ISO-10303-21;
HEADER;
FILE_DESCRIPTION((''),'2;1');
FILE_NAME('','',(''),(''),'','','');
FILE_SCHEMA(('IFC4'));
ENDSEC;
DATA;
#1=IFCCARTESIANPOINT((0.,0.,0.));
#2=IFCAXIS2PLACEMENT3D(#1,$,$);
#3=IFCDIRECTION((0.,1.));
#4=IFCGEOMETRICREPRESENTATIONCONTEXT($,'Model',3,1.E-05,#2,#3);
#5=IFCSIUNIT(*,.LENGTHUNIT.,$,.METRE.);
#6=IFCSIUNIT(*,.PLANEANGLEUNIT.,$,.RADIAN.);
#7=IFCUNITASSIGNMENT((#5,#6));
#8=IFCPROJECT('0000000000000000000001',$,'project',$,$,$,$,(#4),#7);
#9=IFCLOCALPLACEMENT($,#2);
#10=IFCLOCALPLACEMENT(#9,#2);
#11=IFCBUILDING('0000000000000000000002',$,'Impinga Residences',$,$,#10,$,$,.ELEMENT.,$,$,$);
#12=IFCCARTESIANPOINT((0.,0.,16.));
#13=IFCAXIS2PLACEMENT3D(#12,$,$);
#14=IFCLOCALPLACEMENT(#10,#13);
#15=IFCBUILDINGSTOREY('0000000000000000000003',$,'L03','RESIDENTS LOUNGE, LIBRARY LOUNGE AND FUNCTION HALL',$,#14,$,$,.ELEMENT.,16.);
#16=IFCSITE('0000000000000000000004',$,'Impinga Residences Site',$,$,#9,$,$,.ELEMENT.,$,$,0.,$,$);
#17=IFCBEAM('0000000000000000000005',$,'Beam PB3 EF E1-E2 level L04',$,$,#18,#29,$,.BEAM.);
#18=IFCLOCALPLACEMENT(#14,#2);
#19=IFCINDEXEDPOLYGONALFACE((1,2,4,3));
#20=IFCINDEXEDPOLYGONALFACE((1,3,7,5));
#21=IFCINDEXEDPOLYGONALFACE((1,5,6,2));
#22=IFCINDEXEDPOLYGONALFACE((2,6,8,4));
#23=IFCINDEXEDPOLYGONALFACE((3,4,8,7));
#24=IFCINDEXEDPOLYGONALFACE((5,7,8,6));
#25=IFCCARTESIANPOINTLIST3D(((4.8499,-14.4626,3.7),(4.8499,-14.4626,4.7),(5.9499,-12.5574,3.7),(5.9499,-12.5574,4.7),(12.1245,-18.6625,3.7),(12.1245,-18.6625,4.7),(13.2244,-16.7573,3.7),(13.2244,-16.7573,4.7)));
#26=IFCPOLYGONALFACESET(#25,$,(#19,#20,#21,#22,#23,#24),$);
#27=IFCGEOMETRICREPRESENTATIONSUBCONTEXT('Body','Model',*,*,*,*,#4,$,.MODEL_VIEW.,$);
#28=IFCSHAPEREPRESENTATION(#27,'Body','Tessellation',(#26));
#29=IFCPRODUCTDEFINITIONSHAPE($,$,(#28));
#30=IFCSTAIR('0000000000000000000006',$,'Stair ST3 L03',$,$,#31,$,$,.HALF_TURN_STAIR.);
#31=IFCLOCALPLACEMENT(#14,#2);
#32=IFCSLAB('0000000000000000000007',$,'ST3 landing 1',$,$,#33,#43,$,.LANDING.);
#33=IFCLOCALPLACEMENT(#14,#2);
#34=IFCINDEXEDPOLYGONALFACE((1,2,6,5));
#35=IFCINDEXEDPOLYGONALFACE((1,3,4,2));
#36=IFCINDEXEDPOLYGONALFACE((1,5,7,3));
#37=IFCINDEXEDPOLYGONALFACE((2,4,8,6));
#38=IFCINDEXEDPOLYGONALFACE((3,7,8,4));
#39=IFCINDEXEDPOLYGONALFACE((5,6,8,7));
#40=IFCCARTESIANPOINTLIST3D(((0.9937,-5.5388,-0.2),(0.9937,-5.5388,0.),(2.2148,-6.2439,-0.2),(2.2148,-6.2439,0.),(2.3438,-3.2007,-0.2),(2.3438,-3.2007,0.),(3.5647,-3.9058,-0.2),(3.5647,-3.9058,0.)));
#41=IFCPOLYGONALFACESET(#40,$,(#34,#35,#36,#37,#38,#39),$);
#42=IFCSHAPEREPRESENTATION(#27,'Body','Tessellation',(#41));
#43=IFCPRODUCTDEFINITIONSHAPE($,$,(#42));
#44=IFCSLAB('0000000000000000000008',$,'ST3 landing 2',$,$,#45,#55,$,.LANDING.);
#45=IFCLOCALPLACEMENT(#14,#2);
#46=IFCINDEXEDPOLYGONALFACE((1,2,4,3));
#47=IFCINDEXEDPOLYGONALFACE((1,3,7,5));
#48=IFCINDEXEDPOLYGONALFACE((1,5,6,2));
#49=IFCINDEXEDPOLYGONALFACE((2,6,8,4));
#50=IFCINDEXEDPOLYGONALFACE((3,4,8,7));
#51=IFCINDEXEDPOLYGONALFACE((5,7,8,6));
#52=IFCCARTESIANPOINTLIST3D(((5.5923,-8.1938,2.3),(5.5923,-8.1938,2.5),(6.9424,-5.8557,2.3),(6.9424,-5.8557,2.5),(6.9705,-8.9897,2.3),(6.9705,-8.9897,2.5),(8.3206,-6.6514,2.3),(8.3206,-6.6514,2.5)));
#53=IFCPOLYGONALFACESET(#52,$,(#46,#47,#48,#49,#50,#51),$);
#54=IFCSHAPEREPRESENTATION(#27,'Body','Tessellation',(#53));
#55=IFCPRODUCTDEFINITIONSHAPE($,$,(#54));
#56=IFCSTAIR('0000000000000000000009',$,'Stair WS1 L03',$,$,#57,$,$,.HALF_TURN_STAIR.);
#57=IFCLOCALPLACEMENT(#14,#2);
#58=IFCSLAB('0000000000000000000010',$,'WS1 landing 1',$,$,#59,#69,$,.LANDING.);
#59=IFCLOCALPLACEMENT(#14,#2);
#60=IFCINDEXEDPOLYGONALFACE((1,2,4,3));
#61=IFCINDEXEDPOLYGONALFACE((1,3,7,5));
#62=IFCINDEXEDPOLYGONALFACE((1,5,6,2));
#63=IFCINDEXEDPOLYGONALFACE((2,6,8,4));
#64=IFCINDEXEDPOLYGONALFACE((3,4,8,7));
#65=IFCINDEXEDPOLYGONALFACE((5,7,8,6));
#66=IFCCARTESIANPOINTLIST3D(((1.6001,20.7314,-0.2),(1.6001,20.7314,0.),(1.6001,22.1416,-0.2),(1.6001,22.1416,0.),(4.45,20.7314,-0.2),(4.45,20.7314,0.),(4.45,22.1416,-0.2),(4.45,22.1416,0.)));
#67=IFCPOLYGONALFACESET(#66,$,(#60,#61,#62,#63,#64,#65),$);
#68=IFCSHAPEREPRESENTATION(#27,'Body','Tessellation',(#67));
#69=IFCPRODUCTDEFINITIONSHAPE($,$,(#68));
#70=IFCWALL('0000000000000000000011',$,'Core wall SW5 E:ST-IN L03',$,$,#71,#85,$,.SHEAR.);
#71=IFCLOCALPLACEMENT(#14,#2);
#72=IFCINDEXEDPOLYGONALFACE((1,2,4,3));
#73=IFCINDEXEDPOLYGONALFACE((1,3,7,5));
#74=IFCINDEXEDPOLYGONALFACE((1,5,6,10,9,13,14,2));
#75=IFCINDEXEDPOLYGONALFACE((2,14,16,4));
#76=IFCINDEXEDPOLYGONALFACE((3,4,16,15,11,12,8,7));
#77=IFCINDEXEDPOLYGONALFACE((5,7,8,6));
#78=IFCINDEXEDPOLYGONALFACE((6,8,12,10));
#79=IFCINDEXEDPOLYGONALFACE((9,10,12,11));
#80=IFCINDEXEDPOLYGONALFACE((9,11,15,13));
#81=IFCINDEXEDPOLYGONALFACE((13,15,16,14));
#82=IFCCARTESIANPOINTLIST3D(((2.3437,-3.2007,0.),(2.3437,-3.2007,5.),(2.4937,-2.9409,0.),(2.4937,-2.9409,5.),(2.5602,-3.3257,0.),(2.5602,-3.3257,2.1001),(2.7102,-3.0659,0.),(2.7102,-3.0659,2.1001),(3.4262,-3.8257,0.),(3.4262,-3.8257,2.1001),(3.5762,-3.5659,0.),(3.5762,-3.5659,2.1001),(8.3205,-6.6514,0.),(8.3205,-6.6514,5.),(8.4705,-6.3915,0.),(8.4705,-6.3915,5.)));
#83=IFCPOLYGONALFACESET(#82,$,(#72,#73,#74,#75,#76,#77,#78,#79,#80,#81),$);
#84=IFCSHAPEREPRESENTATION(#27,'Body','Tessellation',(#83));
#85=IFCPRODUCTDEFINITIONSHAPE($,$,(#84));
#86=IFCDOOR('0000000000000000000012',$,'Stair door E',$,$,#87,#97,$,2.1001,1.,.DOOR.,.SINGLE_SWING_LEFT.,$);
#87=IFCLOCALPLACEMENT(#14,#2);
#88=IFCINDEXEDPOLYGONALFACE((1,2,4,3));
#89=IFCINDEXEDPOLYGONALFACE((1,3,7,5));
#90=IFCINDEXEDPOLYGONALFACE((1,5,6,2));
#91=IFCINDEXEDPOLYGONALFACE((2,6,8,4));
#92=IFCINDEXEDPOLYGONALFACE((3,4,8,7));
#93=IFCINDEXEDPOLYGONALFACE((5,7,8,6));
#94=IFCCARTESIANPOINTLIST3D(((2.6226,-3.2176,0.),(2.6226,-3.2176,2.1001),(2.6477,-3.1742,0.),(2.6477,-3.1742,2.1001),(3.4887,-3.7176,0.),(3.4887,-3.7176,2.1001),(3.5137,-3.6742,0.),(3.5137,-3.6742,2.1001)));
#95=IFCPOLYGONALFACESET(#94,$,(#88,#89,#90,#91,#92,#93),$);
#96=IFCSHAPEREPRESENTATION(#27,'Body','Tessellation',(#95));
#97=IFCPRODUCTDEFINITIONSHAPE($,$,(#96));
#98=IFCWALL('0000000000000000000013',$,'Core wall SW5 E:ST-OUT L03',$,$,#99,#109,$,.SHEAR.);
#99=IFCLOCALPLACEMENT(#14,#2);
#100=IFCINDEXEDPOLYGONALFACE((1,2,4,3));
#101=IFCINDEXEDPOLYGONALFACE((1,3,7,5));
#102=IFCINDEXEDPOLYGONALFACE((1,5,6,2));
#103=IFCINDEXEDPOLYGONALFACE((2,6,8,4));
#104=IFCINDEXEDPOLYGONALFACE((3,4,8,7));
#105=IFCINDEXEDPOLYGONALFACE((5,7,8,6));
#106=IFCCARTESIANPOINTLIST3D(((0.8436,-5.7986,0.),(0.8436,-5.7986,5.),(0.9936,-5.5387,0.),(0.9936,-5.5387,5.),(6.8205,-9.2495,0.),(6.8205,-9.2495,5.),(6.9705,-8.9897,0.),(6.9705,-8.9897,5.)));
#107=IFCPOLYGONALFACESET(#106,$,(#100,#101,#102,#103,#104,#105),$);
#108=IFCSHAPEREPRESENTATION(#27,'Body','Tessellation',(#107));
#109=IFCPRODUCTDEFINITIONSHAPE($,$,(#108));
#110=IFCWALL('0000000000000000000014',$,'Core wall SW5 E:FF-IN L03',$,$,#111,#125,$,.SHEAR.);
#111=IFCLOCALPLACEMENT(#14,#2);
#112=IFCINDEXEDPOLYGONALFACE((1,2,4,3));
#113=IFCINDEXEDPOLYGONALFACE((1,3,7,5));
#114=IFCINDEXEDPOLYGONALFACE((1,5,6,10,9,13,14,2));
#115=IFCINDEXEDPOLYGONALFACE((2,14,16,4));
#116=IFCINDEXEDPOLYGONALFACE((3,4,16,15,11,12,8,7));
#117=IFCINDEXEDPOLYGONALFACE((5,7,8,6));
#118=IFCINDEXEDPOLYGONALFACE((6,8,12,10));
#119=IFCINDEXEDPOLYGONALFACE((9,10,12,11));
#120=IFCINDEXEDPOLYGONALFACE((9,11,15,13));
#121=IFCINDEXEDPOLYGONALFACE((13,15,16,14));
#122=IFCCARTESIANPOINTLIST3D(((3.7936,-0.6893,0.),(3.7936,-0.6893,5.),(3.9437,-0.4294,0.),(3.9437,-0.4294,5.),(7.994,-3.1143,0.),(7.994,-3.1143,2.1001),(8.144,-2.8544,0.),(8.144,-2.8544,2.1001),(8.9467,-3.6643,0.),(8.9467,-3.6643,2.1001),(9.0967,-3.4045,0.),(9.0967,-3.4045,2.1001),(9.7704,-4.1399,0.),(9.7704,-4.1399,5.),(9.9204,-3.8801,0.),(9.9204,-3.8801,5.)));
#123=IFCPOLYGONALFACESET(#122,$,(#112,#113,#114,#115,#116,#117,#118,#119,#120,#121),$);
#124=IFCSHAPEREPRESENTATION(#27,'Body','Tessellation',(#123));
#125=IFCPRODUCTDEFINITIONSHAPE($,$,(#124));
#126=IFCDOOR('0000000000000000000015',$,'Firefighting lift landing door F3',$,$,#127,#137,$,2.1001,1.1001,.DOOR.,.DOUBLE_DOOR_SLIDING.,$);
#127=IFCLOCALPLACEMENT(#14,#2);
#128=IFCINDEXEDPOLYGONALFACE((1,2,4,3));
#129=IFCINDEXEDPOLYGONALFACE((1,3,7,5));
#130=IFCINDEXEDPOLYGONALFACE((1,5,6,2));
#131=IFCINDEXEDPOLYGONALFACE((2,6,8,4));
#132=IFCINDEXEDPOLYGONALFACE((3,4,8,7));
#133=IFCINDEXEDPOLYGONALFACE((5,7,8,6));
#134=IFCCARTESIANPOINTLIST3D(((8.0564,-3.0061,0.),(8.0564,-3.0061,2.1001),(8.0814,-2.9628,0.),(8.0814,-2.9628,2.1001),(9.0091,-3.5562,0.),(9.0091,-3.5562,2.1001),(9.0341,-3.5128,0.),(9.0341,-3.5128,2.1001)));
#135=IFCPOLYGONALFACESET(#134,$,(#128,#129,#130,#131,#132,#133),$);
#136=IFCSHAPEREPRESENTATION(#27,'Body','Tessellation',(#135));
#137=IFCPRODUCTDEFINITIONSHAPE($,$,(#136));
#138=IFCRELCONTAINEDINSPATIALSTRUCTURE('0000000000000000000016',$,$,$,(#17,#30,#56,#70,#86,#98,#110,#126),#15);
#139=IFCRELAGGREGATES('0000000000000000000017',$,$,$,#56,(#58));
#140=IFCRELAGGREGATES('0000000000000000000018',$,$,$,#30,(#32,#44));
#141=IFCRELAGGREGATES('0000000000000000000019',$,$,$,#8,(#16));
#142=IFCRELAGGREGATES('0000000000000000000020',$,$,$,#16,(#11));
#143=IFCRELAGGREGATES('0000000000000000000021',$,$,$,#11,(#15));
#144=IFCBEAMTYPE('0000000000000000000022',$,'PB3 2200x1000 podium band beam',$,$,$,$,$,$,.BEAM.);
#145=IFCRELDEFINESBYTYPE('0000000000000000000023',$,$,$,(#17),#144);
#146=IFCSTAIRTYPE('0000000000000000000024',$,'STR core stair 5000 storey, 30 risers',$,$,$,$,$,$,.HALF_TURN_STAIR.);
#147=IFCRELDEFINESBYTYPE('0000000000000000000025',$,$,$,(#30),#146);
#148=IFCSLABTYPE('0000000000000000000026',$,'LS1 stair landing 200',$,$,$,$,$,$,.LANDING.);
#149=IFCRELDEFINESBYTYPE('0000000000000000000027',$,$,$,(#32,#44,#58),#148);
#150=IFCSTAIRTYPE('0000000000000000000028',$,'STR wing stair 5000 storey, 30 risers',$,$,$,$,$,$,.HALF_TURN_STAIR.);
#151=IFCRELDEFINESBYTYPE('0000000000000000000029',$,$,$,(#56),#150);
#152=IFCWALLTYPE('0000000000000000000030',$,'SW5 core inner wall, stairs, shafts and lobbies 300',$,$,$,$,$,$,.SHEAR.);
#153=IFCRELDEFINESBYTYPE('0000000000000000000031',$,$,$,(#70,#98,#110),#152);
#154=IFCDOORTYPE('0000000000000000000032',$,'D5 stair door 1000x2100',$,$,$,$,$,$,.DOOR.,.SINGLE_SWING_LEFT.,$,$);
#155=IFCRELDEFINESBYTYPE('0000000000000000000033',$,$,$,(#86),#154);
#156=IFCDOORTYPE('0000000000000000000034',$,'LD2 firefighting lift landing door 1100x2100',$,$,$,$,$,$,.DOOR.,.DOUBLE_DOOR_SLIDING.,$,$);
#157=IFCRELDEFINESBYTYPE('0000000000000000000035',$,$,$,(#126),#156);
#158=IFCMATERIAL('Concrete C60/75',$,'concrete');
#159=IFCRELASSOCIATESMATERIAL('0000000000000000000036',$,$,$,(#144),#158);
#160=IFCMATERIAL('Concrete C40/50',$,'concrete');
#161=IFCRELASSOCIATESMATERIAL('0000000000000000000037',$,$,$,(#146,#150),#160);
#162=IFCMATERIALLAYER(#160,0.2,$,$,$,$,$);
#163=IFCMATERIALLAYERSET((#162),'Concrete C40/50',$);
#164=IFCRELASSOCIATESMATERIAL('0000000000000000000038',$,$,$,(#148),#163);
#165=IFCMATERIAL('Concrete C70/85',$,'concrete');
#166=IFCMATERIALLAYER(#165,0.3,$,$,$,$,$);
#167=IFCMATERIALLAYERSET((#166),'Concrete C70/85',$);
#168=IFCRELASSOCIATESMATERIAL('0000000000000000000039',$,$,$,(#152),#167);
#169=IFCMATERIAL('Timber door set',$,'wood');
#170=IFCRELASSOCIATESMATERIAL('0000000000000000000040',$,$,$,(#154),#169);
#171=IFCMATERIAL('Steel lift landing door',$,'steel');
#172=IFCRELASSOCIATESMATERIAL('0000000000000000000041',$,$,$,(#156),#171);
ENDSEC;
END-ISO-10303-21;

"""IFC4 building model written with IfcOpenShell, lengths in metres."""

from ifc_helpers import new_model, si_unit, direction, frame, frame_2d, origin, origin_2d, place, context, subcontext, project, spatial, polyline, rectangle, outline, extrude, material, layer, layer_set, material_profile, profile_set, type_object, element, fill, aggregate, save


model = new_model("IFC4")

# Units and contexts
model_context = context("Model", 3, precision=1e-05, world=origin(), true_north=direction((0.0, 1.0)))
body_context = subcontext(model_context, "Body", "Model", "MODEL_VIEW")
ifc_project = project(units=[si_unit("LENGTHUNIT", "METRE"), si_unit("PLANEANGLEUNIT", "RADIAN")], contexts=[model_context])

# Site, building, storey
site_placement = place(None, origin())
site = spatial("IfcSite", under=ifc_project, at=site_placement, Name="Impinga Residences Site", CompositionType="ELEMENT", RefElevation=0.0)
building_placement = place(site_placement, origin())
building = spatial("IfcBuilding", under=site, at=building_placement, Name="Impinga Residences", CompositionType="ELEMENT")
storey_placement = place(building_placement, frame((0.0, 0.0, 16.0)))
storey = spatial("IfcBuildingStorey", under=building, at=storey_placement, Name="L03", Description="RESIDENTS LOUNGE, LIBRARY LOUNGE AND FUNCTION HALL", CompositionType="ELEMENT", Elevation=16.0)

# Beam
ifc_material_1 = material(Name="Concrete C60/75", Category="concrete")
ifc_material_profile = material_profile(ifc_material_1, rectangle(XDim=2.2, YDim=1.0, at=origin_2d()), Name="RC 2200x1000")
ifc_profile_set = profile_set([ifc_material_profile], Name="Concrete C60/75")
beam_type = type_object("IfcBeamType", Name="PB3 2200x1000 podium band beam", PredefinedType="BEAM", material=ifc_profile_set)
beam_placement = place(storey_placement, frame((5.3999, -13.51, 4.2), z_axis=(0.866029, -0.499993, 0.0), x_axis=(0.499993, 0.866029, 0.0)))
element("IfcBeam", 1, at=beam_placement, inside=storey, type_object=beam_type, Name="Beam PB3 EF E1-E2 level L04", PredefinedType="BEAM", context=body_context, shape_type="SweptSolid", body=[
    extrude(rectangle(XDim=2.2, YDim=1.0, at=origin_2d()), origin(), (0.0, 0.0, 1.0), 8.3999),
])

# Stair, slabs
ifc_material_2 = material(Name="Concrete C40/50", Category="concrete")
stair_type_1 = type_object("IfcStairType", Name="STR core stair 5000 storey, 30 risers", PredefinedType="HALF_TURN_STAIR", material=ifc_material_2)
stair_1_placement = place(storey_placement, origin())
stair_1 = element("IfcStair", 2, at=stair_1_placement, inside=storey, type_object=stair_type_1, Name="Stair ST3 L03", PredefinedType="HALF_TURN_STAIR")
ifc_layer_1 = layer(ifc_material_2, 0.2)
ifc_layer_set_1 = layer_set([ifc_layer_1], Name="Concrete C40/50")
slab_type = type_object("IfcSlabType", Name="LS1 stair landing 200", PredefinedType="LANDING", material=ifc_layer_set_1)
slab_1_placement = place(storey_placement, frame((0.0, 0.0, -0.2)))
slab_1 = element("IfcSlab", 3, at=slab_1_placement, type_object=slab_type, Name="ST3 landing 1", PredefinedType="LANDING", context=body_context, shape_type="SweptSolid", body=[
    extrude(outline(polyline([(2.3438, -3.2007), (0.9937, -5.5388), (2.2148, -6.2439), (3.5647, -3.9058), (2.3438, -3.2007)])), origin(), (0.0, 0.0, 1.0), 0.2),
])
slab_2_placement = place(storey_placement, frame((0.0, 0.0, 2.3)))
slab_2 = element("IfcSlab", 4, at=slab_2_placement, type_object=slab_type, Name="ST3 landing 2", PredefinedType="LANDING", context=body_context, shape_type="SweptSolid", body=[
    extrude(outline(polyline([(6.9424, -5.8557), (5.5923, -8.1938), (6.9705, -8.9897), (8.3206, -6.6514), (6.9424, -5.8557)])), origin(), (0.0, 0.0, 1.0), 0.2),
])

# Stair, slab
stair_type_2 = type_object("IfcStairType", Name="STR wing stair 5000 storey, 30 risers", PredefinedType="HALF_TURN_STAIR", material=ifc_material_2)
stair_2_placement = place(storey_placement, origin())
stair_2 = element("IfcStair", 5, at=stair_2_placement, inside=storey, type_object=stair_type_2, Name="Stair WS1 L03", PredefinedType="HALF_TURN_STAIR")
slab_3_placement = place(storey_placement, frame((0.0, 0.0, -0.2)))
slab_3 = element("IfcSlab", 6, at=slab_3_placement, type_object=slab_type, Name="WS1 landing 1", PredefinedType="LANDING", context=body_context, shape_type="SweptSolid", body=[
    extrude(outline(polyline([(1.6001, 20.7314), (4.45, 20.7314), (4.45, 22.1416), (1.6001, 22.1416), (1.6001, 20.7314)])), origin(), (0.0, 0.0, 1.0), 0.2),
])
aggregate(stair_2, [slab_3])

# Wall, opening, door
ifc_material_3 = material(Name="Concrete C70/85", Category="concrete")
ifc_layer_2 = layer(ifc_material_3, 0.3)
ifc_layer_set_2 = layer_set([ifc_layer_2], Name="Concrete C70/85")
wall_type_1 = type_object("IfcWallType", Name="SW5 core inner wall, stairs, shafts and lobbies 300", PredefinedType="SHEAR", material=ifc_layer_set_2)
wall_1_placement = place(storey_placement, frame((2.4187, -3.0708, 0.0), z_axis=(0.0, 0.0, 1.0), x_axis=(0.866027, -0.499997, 0.0)))
wall_1 = element("IfcWall", 7, at=wall_1_placement, inside=storey, type_object=wall_type_1, Name="Core wall SW5 E:ST-IN L03", PredefinedType="SHEAR", context=body_context, shape_type="SweptSolid", body=[
    extrude(rectangle(XDim=6.9014, YDim=0.3, at=frame_2d((3.4507, 0.0))), origin(), (0.0, 0.0, 1.0), 5.0),
])
opening_1_placement = place(wall_1_placement, frame((0.25, 0.0, 0.0)))
opening_1 = element("IfcOpeningElement", 8, at=opening_1_placement, cuts=wall_1, PredefinedType="OPENING", context=body_context, shape_type="SweptSolid", body=[
    extrude(rectangle(XDim=1.0, YDim=2.1001, at=frame_2d((0.5, 1.05))), frame((0.0, 0.1599, 0.0), z_axis=(0.0, -1.0, 0.0), x_axis=(1.0, 0.0, 0.0)), (0.0, 0.0, 1.0), 0.3201),
])
ifc_material_4 = material(Name="Timber door set", Category="wood")
door_type_1 = type_object("IfcDoorType", Name="D5 stair door 1000x2100", OperationType="SINGLE_SWING_LEFT", PredefinedType="DOOR", material=ifc_material_4)
door_1_placement = place(opening_1_placement, origin())
door_1 = element("IfcDoor", 9, at=door_1_placement, inside=storey, type_object=door_type_1, Name="Stair door E", OperationType="SINGLE_SWING_LEFT", OverallHeight=2.1001, OverallWidth=1.0, PredefinedType="DOOR", context=body_context, shape_type="SweptSolid", body=[
    extrude(rectangle(XDim=1.0, YDim=2.1001, at=frame_2d((0.5, 1.05))), frame((0.0, 0.0249, 0.0), z_axis=(0.0, -1.0, 0.0), x_axis=(1.0, 0.0, 0.0)), (0.0, 0.0, 1.0), 0.05),
])
fill(opening_1, door_1)

# Wall
wall_2_placement = place(storey_placement, frame((0.9187, -5.6687, 0.0), z_axis=(0.0, 0.0, 1.0), x_axis=(0.866012, -0.500024, 0.0)))
element("IfcWall", 10, at=wall_2_placement, inside=storey, type_object=wall_type_1, Name="Core wall SW5 E:ST-OUT L03", PredefinedType="SHEAR", context=body_context, shape_type="SweptSolid", body=[
    extrude(rectangle(XDim=6.9016, YDim=0.3, at=frame_2d((3.4507, 0.0))), origin(), (0.0, 0.0, 1.0), 5.0),
])

# Wall, opening, door
wall_3_placement = place(storey_placement, frame((3.8687, -0.5593, 0.0), z_axis=(0.0, 0.0, 1.0), x_axis=(0.866027, -0.499997, 0.0)))
wall_3 = element("IfcWall", 11, at=wall_3_placement, inside=storey, type_object=wall_type_1, Name="Core wall SW5 E:FF-IN L03", PredefinedType="SHEAR", context=body_context, shape_type="SweptSolid", body=[
    extrude(rectangle(XDim=6.9014, YDim=0.3, at=frame_2d((3.4507, 0.0))), origin(), (0.0, 0.0, 1.0), 5.0),
])
opening_2_placement = place(wall_3_placement, frame((4.8501, 0.0, 0.0)))
opening_2 = element("IfcOpeningElement", 12, at=opening_2_placement, cuts=wall_3, PredefinedType="OPENING", context=body_context, shape_type="SweptSolid", body=[
    extrude(rectangle(XDim=1.1001, YDim=2.1001, at=frame_2d((0.55, 1.05))), frame((0.0, 0.1599, 0.0), z_axis=(0.0, -1.0, 0.0), x_axis=(1.0, 0.0, 0.0)), (0.0, 0.0, 1.0), 0.3201),
])
ifc_material_5 = material(Name="Steel lift landing door", Category="steel")
door_type_2 = type_object("IfcDoorType", Name="LD2 firefighting lift landing door 1100x2100", OperationType="DOUBLE_DOOR_SLIDING", PredefinedType="DOOR", material=ifc_material_5)
door_2_placement = place(opening_2_placement, origin())
door_2 = element("IfcDoor", 13, at=door_2_placement, inside=storey, type_object=door_type_2, Name="Firefighting lift landing door F3", OperationType="DOUBLE_DOOR_SLIDING", OverallHeight=2.1001, OverallWidth=1.1001, PredefinedType="DOOR", context=body_context, shape_type="SweptSolid", body=[
    extrude(rectangle(XDim=1.1001, YDim=2.1001, at=frame_2d((0.55, 1.05))), frame((0.0, 0.0249, 0.0), z_axis=(0.0, -1.0, 0.0), x_axis=(1.0, 0.0, 0.0)), (0.0, 0.0, 1.0), 0.05),
])
fill(opening_2, door_2)

aggregate(stair_1, [slab_1, slab_2])

save(model, "model.ifc")
